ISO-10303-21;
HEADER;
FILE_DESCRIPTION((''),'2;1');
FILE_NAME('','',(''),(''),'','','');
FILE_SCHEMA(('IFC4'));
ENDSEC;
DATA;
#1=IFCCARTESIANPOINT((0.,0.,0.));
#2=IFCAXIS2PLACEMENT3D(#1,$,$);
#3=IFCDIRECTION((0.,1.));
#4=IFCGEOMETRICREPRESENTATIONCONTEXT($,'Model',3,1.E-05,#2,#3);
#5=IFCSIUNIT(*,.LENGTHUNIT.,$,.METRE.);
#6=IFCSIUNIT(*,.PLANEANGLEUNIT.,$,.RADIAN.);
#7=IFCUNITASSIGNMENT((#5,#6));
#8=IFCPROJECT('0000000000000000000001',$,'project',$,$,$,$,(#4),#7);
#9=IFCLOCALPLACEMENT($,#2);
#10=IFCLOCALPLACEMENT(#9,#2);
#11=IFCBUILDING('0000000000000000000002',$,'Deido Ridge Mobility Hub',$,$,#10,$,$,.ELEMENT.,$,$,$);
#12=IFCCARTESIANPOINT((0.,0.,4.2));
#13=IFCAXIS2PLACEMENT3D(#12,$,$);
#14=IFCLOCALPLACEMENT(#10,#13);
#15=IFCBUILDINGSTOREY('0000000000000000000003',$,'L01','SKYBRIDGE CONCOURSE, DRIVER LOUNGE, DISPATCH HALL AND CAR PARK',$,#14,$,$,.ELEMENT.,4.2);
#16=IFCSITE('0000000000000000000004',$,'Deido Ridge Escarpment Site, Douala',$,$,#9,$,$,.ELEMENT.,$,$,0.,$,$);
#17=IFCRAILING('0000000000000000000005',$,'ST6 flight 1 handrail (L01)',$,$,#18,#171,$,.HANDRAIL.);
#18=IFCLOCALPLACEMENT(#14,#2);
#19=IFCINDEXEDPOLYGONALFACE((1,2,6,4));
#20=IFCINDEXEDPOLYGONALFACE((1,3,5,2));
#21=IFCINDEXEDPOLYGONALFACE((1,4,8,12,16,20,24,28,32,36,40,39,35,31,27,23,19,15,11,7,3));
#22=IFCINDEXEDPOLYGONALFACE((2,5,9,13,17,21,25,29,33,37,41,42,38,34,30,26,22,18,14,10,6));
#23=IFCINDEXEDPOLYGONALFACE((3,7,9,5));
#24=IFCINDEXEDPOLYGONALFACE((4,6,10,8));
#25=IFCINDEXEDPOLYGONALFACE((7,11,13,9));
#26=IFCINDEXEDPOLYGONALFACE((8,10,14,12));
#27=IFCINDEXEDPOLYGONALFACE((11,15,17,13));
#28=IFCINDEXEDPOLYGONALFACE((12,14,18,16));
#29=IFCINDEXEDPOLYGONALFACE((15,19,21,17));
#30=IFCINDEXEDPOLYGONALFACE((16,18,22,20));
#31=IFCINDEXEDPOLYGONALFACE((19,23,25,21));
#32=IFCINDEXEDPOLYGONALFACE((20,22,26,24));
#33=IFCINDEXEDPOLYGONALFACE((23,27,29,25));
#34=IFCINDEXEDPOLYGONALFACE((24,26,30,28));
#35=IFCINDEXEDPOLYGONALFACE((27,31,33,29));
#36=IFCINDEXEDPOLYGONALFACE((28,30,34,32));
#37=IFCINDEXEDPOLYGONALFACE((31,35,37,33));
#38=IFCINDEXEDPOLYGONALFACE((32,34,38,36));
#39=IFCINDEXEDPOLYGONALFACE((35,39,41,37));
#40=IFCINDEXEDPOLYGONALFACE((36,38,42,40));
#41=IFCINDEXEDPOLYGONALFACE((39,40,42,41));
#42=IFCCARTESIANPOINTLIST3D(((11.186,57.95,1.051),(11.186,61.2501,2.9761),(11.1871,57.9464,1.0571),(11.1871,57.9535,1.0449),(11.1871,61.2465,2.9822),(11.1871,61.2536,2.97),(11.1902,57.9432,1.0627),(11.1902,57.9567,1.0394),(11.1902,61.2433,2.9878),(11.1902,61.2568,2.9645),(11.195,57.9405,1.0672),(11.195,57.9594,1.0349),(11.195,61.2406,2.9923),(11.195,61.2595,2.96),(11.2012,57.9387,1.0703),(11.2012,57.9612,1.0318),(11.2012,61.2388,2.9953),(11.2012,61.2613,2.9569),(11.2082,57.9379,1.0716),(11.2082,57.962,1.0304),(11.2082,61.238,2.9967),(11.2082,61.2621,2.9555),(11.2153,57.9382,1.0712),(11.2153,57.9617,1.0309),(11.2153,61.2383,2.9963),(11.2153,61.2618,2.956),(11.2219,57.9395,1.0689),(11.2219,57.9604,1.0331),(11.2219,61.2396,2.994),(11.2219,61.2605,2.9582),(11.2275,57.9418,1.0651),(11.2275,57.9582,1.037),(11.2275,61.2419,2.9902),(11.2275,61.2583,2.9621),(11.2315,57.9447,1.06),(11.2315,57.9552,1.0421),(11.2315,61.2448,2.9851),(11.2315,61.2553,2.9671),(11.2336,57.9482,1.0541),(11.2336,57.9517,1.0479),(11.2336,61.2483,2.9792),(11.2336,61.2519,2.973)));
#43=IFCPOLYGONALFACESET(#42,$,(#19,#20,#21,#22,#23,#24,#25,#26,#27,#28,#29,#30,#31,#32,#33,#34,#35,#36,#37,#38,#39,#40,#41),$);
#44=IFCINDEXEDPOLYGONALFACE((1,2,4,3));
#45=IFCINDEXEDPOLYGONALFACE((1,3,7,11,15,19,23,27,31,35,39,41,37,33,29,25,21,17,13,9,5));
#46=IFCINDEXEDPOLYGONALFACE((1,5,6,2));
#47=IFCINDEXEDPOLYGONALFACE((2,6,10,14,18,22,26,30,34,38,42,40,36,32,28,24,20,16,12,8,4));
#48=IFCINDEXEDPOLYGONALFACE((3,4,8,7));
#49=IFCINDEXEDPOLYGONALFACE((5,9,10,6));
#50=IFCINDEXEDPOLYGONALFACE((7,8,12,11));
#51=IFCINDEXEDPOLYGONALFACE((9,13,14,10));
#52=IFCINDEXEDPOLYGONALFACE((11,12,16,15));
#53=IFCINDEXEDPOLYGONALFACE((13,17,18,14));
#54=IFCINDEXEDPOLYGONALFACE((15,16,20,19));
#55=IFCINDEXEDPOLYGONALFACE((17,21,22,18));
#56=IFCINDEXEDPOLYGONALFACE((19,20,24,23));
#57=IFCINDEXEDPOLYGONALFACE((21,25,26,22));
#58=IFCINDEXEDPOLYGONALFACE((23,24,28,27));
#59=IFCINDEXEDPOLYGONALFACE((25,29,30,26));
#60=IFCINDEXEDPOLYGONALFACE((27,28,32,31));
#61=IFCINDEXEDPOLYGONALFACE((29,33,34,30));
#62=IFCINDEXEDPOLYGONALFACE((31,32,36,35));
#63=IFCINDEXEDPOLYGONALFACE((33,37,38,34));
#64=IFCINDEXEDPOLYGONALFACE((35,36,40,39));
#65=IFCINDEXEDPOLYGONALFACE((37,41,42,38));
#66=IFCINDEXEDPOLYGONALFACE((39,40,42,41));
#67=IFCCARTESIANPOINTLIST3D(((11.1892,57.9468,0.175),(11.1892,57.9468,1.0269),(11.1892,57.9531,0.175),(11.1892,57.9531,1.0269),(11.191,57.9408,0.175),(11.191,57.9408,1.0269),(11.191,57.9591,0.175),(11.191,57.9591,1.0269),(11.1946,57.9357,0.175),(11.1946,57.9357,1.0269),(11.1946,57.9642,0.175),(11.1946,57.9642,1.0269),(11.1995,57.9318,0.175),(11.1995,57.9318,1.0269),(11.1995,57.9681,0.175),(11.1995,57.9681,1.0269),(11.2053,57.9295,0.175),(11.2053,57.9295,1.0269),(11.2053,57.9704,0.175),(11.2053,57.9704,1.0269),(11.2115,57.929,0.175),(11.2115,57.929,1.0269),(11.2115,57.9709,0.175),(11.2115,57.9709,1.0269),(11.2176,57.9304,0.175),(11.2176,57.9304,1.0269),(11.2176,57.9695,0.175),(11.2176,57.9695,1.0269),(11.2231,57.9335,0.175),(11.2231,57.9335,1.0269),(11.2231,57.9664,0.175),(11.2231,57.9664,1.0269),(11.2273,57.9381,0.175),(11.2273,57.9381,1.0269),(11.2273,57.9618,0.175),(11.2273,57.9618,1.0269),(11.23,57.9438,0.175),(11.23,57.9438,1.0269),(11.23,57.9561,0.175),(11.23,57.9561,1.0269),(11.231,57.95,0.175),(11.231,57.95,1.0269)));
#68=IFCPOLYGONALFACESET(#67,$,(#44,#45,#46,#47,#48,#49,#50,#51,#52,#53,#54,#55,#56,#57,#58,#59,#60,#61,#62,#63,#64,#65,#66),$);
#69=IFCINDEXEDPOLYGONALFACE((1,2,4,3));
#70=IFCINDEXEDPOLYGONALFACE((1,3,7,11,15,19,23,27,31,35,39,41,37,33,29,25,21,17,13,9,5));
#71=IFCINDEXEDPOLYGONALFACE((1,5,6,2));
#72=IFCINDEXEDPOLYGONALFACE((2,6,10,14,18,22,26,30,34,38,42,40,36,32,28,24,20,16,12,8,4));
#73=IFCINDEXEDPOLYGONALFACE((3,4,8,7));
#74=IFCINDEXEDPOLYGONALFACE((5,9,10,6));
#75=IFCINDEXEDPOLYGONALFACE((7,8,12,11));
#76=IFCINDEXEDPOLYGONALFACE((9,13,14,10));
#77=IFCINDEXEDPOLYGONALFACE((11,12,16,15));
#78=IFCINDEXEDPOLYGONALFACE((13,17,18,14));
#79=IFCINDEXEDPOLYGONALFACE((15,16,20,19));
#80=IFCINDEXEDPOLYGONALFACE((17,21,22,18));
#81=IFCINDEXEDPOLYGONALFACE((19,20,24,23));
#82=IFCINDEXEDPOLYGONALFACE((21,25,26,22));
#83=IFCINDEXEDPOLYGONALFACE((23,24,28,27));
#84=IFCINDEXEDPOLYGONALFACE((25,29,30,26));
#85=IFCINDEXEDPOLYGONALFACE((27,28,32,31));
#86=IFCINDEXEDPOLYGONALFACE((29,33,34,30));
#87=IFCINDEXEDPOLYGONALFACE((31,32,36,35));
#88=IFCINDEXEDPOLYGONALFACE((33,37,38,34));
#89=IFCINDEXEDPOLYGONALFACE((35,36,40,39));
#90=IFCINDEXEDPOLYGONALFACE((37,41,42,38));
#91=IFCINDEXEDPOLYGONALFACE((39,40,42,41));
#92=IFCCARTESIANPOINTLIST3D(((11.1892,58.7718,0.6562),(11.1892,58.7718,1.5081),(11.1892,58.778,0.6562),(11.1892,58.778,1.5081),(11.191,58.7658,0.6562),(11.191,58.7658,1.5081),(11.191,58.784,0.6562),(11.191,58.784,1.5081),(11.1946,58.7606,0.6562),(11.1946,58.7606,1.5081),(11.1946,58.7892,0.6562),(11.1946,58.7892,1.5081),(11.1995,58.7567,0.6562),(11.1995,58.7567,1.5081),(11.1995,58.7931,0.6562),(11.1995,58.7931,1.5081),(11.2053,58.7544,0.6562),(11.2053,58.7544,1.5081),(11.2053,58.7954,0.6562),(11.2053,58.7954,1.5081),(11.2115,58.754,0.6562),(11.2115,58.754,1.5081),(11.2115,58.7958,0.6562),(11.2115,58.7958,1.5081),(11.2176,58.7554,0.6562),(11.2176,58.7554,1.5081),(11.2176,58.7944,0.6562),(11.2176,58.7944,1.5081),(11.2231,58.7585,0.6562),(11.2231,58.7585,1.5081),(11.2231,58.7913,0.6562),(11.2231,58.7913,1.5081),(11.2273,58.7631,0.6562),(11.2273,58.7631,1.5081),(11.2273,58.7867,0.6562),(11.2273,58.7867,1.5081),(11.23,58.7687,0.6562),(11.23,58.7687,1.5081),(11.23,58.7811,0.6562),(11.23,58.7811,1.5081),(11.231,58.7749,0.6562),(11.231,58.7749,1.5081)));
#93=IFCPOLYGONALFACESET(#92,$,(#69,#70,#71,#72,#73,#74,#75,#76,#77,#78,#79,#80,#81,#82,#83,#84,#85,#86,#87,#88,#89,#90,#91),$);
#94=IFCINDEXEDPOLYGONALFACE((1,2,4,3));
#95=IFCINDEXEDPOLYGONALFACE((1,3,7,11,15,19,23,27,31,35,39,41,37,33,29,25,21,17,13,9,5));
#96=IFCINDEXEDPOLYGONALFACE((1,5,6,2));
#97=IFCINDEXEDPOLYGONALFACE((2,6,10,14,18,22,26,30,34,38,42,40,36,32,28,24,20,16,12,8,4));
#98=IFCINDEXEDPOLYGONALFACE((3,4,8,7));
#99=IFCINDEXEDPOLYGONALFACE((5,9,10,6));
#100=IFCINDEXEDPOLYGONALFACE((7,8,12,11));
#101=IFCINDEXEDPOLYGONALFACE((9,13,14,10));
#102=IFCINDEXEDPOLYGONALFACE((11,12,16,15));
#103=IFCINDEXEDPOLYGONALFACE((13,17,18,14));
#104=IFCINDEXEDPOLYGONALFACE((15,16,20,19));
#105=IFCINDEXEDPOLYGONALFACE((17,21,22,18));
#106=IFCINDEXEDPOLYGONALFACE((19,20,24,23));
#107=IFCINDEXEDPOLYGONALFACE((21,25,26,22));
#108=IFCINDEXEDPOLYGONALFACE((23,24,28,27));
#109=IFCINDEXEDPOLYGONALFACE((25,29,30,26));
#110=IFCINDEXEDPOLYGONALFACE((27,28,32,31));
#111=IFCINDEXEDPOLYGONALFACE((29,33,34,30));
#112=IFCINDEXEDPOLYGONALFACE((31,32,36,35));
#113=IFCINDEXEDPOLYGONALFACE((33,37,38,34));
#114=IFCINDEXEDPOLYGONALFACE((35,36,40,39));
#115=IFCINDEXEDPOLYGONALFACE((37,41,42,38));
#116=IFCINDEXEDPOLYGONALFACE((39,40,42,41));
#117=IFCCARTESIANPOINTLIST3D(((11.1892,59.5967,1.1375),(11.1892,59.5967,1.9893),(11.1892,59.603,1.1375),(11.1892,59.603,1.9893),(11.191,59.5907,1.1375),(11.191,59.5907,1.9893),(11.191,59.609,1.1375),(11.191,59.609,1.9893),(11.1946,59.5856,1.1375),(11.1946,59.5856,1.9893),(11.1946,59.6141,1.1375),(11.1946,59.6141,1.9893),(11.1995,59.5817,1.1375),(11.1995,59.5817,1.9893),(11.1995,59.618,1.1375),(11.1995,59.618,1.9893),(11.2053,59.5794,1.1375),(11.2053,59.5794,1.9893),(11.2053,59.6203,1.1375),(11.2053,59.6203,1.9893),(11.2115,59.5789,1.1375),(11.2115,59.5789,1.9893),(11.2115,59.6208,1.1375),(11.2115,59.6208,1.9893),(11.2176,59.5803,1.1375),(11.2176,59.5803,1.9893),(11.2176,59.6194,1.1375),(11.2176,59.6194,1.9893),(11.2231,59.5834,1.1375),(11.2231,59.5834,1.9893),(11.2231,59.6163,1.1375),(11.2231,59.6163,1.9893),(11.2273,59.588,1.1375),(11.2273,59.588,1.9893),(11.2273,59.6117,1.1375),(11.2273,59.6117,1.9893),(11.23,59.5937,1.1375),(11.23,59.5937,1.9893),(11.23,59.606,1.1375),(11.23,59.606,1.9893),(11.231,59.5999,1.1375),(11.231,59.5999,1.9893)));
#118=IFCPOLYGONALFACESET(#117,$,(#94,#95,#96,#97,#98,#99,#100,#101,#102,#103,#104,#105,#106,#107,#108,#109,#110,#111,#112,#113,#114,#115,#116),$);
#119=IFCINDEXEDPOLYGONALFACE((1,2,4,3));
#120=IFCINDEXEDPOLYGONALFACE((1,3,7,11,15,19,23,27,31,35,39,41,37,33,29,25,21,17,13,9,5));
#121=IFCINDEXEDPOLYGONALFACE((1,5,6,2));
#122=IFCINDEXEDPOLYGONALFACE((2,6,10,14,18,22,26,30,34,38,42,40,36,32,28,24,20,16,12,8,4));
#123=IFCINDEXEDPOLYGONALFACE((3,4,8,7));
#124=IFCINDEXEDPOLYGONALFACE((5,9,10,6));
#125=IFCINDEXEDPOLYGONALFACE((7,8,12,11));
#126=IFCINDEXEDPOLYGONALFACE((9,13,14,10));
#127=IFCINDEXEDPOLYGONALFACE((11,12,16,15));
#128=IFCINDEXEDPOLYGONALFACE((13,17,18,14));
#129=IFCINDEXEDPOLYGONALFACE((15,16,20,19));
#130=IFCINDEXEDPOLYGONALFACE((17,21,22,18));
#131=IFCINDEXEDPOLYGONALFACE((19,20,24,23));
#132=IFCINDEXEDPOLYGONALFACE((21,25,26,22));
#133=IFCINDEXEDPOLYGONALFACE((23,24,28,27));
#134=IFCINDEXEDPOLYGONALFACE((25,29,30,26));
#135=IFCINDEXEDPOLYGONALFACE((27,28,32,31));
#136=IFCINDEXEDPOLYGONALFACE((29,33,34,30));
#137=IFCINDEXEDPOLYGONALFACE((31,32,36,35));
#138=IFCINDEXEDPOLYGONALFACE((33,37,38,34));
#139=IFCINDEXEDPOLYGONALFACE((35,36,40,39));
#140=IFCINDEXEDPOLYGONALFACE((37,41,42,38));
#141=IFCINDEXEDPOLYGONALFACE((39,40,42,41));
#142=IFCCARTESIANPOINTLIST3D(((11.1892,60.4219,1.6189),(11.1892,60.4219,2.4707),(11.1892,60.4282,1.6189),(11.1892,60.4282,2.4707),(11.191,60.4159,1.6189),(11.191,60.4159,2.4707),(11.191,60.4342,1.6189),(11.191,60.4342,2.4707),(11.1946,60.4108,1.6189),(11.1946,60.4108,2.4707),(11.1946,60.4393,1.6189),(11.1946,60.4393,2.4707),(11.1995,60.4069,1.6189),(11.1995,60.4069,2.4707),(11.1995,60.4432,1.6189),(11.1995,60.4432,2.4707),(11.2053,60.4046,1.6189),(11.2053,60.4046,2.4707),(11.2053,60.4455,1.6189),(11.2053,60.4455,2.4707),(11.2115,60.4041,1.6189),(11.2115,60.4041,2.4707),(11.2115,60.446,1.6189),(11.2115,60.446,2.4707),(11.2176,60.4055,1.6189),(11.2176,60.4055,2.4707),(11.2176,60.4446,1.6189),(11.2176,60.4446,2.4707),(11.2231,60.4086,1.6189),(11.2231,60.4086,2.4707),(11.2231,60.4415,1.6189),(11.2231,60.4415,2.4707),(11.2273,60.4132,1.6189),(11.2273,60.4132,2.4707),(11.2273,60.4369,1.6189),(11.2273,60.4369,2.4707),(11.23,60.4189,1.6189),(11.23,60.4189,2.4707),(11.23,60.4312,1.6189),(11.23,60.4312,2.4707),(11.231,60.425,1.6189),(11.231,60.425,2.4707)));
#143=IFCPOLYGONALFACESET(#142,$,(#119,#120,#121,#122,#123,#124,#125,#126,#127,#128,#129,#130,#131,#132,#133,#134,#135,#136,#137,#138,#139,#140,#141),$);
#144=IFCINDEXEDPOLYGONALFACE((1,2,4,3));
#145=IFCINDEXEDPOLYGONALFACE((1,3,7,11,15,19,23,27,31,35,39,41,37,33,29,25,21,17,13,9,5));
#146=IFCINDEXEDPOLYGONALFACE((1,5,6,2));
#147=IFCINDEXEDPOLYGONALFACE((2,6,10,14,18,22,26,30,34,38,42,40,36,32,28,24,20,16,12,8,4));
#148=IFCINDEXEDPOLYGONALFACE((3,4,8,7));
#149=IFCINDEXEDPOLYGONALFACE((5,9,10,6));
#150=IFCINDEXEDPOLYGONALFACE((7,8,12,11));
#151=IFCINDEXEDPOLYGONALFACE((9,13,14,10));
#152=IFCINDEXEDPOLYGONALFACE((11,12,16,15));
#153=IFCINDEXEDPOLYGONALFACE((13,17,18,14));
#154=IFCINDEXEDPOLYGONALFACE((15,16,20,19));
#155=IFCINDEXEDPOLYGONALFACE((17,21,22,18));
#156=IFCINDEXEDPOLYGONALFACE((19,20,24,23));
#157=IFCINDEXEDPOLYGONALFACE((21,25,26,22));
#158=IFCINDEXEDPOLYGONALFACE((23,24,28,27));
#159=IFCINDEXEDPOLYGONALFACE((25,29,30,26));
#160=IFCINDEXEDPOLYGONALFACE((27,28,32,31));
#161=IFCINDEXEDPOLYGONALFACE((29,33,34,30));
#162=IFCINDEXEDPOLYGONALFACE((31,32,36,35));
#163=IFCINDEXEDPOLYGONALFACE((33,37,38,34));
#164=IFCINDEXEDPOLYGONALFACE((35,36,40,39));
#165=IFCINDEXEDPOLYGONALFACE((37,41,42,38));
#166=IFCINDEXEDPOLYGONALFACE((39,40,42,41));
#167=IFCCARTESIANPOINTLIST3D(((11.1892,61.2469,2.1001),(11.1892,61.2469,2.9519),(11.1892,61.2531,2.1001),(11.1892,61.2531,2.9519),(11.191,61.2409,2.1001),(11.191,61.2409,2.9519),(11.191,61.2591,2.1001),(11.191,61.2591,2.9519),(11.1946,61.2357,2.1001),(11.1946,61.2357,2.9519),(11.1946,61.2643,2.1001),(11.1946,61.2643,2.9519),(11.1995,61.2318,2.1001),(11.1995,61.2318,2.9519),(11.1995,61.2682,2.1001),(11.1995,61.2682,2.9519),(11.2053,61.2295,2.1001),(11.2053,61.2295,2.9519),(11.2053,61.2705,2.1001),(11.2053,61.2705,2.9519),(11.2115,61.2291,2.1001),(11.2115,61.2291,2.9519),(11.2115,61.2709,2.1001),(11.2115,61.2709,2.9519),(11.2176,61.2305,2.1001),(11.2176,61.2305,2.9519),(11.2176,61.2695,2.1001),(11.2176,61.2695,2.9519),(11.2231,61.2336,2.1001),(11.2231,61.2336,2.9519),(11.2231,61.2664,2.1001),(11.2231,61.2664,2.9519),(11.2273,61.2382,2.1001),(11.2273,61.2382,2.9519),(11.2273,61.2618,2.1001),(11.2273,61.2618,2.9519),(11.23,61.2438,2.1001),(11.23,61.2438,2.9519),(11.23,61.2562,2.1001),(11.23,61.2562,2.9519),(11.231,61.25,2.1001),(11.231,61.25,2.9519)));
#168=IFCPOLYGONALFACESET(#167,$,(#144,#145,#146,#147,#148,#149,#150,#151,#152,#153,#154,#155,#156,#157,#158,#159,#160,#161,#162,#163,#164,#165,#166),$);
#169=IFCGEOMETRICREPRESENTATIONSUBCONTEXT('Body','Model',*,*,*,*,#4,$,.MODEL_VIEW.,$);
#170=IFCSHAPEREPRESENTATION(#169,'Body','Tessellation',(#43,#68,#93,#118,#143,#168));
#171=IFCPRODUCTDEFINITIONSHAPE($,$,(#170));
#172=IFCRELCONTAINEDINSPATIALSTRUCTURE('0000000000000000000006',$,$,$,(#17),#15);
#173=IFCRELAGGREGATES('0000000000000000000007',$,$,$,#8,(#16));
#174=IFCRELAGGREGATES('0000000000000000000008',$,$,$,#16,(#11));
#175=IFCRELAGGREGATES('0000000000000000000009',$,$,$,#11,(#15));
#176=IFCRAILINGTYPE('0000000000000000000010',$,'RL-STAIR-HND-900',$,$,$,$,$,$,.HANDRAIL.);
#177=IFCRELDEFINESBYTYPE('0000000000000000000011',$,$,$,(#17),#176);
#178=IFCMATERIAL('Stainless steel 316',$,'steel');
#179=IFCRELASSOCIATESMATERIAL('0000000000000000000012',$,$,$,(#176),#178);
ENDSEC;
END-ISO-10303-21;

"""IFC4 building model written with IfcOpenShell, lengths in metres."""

from ifc_helpers import new_model, si_unit, direction, frame, origin, origin_2d, place, context, subcontext, project, spatial, circle, extrude, material, type_object, element, save


model = new_model("IFC4")

# Units and contexts
model_context = context("Model", 3, precision=1e-05, world=origin(), true_north=direction((0.0, 1.0)))
body_context = subcontext(model_context, "Body", "Model", "MODEL_VIEW")
ifc_project = project(units=[si_unit("LENGTHUNIT", "METRE"), si_unit("PLANEANGLEUNIT", "RADIAN")], contexts=[model_context])

# Site, building, storey
site_placement = place(None, origin())
site = spatial("IfcSite", under=ifc_project, at=site_placement, Name="Deido Ridge Escarpment Site, Douala", CompositionType="ELEMENT", RefElevation=0.0)
building_placement = place(site_placement, origin())
building = spatial("IfcBuilding", under=site, at=building_placement, Name="Deido Ridge Mobility Hub", CompositionType="ELEMENT")
storey_placement = place(building_placement, frame((0.0, 0.0, 4.2)))
storey = spatial("IfcBuildingStorey", under=building, at=storey_placement, Name="L01", Description="SKYBRIDGE CONCOURSE, DRIVER LOUNGE, DISPATCH HALL AND CAR PARK", CompositionType="ELEMENT", Elevation=4.2)

# Shared definitions
ifc_material_1 = material(Name="Stainless steel 316", Category="steel")

# Railing
railing_type_1 = type_object("IfcRailingType", Name="RL-STAIR-HND-900", PredefinedType="HANDRAIL", material=ifc_material_1)
railing_1_placement = place(storey_placement, frame((11.21, 57.95, 0.175)))
element("IfcRailing", 1, at=railing_1_placement, inside=storey, type_object=railing_type_1, Name="ST6 flight 1 handrail (L01)", PredefinedType="HANDRAIL", context=body_context, shape_type="SweptSolid", body=[
    extrude(circle(Radius=0.0239, at=origin_2d()), frame((0.0, 0.0, 0.876), z_axis=(0.0, 0.863777, 0.503875), x_axis=(-1.0, 0.0, 0.0)), (0.0, 0.0, 1.0), 3.8206),
    extrude(circle(Radius=0.021, at=origin_2d()), origin(), (0.0, 0.0, 1.0), 0.8518),
    extrude(circle(Radius=0.021, at=origin_2d()), frame((0.0, 0.825, 0.4812)), (0.0, 0.0, 1.0), 0.8518),
    extrude(circle(Radius=0.021, at=origin_2d()), frame((0.0, 1.6499, 0.9624)), (0.0, 0.0, 1.0), 0.8518),
    extrude(circle(Radius=0.021, at=origin_2d()), frame((0.0, 2.4751, 1.4438)), (0.0, 0.0, 1.0), 0.8518),
    extrude(circle(Radius=0.021, at=origin_2d()), frame((0.0, 3.3, 1.925)), (0.0, 0.0, 1.0), 0.8518),
])

save(model, "model.ifc")
